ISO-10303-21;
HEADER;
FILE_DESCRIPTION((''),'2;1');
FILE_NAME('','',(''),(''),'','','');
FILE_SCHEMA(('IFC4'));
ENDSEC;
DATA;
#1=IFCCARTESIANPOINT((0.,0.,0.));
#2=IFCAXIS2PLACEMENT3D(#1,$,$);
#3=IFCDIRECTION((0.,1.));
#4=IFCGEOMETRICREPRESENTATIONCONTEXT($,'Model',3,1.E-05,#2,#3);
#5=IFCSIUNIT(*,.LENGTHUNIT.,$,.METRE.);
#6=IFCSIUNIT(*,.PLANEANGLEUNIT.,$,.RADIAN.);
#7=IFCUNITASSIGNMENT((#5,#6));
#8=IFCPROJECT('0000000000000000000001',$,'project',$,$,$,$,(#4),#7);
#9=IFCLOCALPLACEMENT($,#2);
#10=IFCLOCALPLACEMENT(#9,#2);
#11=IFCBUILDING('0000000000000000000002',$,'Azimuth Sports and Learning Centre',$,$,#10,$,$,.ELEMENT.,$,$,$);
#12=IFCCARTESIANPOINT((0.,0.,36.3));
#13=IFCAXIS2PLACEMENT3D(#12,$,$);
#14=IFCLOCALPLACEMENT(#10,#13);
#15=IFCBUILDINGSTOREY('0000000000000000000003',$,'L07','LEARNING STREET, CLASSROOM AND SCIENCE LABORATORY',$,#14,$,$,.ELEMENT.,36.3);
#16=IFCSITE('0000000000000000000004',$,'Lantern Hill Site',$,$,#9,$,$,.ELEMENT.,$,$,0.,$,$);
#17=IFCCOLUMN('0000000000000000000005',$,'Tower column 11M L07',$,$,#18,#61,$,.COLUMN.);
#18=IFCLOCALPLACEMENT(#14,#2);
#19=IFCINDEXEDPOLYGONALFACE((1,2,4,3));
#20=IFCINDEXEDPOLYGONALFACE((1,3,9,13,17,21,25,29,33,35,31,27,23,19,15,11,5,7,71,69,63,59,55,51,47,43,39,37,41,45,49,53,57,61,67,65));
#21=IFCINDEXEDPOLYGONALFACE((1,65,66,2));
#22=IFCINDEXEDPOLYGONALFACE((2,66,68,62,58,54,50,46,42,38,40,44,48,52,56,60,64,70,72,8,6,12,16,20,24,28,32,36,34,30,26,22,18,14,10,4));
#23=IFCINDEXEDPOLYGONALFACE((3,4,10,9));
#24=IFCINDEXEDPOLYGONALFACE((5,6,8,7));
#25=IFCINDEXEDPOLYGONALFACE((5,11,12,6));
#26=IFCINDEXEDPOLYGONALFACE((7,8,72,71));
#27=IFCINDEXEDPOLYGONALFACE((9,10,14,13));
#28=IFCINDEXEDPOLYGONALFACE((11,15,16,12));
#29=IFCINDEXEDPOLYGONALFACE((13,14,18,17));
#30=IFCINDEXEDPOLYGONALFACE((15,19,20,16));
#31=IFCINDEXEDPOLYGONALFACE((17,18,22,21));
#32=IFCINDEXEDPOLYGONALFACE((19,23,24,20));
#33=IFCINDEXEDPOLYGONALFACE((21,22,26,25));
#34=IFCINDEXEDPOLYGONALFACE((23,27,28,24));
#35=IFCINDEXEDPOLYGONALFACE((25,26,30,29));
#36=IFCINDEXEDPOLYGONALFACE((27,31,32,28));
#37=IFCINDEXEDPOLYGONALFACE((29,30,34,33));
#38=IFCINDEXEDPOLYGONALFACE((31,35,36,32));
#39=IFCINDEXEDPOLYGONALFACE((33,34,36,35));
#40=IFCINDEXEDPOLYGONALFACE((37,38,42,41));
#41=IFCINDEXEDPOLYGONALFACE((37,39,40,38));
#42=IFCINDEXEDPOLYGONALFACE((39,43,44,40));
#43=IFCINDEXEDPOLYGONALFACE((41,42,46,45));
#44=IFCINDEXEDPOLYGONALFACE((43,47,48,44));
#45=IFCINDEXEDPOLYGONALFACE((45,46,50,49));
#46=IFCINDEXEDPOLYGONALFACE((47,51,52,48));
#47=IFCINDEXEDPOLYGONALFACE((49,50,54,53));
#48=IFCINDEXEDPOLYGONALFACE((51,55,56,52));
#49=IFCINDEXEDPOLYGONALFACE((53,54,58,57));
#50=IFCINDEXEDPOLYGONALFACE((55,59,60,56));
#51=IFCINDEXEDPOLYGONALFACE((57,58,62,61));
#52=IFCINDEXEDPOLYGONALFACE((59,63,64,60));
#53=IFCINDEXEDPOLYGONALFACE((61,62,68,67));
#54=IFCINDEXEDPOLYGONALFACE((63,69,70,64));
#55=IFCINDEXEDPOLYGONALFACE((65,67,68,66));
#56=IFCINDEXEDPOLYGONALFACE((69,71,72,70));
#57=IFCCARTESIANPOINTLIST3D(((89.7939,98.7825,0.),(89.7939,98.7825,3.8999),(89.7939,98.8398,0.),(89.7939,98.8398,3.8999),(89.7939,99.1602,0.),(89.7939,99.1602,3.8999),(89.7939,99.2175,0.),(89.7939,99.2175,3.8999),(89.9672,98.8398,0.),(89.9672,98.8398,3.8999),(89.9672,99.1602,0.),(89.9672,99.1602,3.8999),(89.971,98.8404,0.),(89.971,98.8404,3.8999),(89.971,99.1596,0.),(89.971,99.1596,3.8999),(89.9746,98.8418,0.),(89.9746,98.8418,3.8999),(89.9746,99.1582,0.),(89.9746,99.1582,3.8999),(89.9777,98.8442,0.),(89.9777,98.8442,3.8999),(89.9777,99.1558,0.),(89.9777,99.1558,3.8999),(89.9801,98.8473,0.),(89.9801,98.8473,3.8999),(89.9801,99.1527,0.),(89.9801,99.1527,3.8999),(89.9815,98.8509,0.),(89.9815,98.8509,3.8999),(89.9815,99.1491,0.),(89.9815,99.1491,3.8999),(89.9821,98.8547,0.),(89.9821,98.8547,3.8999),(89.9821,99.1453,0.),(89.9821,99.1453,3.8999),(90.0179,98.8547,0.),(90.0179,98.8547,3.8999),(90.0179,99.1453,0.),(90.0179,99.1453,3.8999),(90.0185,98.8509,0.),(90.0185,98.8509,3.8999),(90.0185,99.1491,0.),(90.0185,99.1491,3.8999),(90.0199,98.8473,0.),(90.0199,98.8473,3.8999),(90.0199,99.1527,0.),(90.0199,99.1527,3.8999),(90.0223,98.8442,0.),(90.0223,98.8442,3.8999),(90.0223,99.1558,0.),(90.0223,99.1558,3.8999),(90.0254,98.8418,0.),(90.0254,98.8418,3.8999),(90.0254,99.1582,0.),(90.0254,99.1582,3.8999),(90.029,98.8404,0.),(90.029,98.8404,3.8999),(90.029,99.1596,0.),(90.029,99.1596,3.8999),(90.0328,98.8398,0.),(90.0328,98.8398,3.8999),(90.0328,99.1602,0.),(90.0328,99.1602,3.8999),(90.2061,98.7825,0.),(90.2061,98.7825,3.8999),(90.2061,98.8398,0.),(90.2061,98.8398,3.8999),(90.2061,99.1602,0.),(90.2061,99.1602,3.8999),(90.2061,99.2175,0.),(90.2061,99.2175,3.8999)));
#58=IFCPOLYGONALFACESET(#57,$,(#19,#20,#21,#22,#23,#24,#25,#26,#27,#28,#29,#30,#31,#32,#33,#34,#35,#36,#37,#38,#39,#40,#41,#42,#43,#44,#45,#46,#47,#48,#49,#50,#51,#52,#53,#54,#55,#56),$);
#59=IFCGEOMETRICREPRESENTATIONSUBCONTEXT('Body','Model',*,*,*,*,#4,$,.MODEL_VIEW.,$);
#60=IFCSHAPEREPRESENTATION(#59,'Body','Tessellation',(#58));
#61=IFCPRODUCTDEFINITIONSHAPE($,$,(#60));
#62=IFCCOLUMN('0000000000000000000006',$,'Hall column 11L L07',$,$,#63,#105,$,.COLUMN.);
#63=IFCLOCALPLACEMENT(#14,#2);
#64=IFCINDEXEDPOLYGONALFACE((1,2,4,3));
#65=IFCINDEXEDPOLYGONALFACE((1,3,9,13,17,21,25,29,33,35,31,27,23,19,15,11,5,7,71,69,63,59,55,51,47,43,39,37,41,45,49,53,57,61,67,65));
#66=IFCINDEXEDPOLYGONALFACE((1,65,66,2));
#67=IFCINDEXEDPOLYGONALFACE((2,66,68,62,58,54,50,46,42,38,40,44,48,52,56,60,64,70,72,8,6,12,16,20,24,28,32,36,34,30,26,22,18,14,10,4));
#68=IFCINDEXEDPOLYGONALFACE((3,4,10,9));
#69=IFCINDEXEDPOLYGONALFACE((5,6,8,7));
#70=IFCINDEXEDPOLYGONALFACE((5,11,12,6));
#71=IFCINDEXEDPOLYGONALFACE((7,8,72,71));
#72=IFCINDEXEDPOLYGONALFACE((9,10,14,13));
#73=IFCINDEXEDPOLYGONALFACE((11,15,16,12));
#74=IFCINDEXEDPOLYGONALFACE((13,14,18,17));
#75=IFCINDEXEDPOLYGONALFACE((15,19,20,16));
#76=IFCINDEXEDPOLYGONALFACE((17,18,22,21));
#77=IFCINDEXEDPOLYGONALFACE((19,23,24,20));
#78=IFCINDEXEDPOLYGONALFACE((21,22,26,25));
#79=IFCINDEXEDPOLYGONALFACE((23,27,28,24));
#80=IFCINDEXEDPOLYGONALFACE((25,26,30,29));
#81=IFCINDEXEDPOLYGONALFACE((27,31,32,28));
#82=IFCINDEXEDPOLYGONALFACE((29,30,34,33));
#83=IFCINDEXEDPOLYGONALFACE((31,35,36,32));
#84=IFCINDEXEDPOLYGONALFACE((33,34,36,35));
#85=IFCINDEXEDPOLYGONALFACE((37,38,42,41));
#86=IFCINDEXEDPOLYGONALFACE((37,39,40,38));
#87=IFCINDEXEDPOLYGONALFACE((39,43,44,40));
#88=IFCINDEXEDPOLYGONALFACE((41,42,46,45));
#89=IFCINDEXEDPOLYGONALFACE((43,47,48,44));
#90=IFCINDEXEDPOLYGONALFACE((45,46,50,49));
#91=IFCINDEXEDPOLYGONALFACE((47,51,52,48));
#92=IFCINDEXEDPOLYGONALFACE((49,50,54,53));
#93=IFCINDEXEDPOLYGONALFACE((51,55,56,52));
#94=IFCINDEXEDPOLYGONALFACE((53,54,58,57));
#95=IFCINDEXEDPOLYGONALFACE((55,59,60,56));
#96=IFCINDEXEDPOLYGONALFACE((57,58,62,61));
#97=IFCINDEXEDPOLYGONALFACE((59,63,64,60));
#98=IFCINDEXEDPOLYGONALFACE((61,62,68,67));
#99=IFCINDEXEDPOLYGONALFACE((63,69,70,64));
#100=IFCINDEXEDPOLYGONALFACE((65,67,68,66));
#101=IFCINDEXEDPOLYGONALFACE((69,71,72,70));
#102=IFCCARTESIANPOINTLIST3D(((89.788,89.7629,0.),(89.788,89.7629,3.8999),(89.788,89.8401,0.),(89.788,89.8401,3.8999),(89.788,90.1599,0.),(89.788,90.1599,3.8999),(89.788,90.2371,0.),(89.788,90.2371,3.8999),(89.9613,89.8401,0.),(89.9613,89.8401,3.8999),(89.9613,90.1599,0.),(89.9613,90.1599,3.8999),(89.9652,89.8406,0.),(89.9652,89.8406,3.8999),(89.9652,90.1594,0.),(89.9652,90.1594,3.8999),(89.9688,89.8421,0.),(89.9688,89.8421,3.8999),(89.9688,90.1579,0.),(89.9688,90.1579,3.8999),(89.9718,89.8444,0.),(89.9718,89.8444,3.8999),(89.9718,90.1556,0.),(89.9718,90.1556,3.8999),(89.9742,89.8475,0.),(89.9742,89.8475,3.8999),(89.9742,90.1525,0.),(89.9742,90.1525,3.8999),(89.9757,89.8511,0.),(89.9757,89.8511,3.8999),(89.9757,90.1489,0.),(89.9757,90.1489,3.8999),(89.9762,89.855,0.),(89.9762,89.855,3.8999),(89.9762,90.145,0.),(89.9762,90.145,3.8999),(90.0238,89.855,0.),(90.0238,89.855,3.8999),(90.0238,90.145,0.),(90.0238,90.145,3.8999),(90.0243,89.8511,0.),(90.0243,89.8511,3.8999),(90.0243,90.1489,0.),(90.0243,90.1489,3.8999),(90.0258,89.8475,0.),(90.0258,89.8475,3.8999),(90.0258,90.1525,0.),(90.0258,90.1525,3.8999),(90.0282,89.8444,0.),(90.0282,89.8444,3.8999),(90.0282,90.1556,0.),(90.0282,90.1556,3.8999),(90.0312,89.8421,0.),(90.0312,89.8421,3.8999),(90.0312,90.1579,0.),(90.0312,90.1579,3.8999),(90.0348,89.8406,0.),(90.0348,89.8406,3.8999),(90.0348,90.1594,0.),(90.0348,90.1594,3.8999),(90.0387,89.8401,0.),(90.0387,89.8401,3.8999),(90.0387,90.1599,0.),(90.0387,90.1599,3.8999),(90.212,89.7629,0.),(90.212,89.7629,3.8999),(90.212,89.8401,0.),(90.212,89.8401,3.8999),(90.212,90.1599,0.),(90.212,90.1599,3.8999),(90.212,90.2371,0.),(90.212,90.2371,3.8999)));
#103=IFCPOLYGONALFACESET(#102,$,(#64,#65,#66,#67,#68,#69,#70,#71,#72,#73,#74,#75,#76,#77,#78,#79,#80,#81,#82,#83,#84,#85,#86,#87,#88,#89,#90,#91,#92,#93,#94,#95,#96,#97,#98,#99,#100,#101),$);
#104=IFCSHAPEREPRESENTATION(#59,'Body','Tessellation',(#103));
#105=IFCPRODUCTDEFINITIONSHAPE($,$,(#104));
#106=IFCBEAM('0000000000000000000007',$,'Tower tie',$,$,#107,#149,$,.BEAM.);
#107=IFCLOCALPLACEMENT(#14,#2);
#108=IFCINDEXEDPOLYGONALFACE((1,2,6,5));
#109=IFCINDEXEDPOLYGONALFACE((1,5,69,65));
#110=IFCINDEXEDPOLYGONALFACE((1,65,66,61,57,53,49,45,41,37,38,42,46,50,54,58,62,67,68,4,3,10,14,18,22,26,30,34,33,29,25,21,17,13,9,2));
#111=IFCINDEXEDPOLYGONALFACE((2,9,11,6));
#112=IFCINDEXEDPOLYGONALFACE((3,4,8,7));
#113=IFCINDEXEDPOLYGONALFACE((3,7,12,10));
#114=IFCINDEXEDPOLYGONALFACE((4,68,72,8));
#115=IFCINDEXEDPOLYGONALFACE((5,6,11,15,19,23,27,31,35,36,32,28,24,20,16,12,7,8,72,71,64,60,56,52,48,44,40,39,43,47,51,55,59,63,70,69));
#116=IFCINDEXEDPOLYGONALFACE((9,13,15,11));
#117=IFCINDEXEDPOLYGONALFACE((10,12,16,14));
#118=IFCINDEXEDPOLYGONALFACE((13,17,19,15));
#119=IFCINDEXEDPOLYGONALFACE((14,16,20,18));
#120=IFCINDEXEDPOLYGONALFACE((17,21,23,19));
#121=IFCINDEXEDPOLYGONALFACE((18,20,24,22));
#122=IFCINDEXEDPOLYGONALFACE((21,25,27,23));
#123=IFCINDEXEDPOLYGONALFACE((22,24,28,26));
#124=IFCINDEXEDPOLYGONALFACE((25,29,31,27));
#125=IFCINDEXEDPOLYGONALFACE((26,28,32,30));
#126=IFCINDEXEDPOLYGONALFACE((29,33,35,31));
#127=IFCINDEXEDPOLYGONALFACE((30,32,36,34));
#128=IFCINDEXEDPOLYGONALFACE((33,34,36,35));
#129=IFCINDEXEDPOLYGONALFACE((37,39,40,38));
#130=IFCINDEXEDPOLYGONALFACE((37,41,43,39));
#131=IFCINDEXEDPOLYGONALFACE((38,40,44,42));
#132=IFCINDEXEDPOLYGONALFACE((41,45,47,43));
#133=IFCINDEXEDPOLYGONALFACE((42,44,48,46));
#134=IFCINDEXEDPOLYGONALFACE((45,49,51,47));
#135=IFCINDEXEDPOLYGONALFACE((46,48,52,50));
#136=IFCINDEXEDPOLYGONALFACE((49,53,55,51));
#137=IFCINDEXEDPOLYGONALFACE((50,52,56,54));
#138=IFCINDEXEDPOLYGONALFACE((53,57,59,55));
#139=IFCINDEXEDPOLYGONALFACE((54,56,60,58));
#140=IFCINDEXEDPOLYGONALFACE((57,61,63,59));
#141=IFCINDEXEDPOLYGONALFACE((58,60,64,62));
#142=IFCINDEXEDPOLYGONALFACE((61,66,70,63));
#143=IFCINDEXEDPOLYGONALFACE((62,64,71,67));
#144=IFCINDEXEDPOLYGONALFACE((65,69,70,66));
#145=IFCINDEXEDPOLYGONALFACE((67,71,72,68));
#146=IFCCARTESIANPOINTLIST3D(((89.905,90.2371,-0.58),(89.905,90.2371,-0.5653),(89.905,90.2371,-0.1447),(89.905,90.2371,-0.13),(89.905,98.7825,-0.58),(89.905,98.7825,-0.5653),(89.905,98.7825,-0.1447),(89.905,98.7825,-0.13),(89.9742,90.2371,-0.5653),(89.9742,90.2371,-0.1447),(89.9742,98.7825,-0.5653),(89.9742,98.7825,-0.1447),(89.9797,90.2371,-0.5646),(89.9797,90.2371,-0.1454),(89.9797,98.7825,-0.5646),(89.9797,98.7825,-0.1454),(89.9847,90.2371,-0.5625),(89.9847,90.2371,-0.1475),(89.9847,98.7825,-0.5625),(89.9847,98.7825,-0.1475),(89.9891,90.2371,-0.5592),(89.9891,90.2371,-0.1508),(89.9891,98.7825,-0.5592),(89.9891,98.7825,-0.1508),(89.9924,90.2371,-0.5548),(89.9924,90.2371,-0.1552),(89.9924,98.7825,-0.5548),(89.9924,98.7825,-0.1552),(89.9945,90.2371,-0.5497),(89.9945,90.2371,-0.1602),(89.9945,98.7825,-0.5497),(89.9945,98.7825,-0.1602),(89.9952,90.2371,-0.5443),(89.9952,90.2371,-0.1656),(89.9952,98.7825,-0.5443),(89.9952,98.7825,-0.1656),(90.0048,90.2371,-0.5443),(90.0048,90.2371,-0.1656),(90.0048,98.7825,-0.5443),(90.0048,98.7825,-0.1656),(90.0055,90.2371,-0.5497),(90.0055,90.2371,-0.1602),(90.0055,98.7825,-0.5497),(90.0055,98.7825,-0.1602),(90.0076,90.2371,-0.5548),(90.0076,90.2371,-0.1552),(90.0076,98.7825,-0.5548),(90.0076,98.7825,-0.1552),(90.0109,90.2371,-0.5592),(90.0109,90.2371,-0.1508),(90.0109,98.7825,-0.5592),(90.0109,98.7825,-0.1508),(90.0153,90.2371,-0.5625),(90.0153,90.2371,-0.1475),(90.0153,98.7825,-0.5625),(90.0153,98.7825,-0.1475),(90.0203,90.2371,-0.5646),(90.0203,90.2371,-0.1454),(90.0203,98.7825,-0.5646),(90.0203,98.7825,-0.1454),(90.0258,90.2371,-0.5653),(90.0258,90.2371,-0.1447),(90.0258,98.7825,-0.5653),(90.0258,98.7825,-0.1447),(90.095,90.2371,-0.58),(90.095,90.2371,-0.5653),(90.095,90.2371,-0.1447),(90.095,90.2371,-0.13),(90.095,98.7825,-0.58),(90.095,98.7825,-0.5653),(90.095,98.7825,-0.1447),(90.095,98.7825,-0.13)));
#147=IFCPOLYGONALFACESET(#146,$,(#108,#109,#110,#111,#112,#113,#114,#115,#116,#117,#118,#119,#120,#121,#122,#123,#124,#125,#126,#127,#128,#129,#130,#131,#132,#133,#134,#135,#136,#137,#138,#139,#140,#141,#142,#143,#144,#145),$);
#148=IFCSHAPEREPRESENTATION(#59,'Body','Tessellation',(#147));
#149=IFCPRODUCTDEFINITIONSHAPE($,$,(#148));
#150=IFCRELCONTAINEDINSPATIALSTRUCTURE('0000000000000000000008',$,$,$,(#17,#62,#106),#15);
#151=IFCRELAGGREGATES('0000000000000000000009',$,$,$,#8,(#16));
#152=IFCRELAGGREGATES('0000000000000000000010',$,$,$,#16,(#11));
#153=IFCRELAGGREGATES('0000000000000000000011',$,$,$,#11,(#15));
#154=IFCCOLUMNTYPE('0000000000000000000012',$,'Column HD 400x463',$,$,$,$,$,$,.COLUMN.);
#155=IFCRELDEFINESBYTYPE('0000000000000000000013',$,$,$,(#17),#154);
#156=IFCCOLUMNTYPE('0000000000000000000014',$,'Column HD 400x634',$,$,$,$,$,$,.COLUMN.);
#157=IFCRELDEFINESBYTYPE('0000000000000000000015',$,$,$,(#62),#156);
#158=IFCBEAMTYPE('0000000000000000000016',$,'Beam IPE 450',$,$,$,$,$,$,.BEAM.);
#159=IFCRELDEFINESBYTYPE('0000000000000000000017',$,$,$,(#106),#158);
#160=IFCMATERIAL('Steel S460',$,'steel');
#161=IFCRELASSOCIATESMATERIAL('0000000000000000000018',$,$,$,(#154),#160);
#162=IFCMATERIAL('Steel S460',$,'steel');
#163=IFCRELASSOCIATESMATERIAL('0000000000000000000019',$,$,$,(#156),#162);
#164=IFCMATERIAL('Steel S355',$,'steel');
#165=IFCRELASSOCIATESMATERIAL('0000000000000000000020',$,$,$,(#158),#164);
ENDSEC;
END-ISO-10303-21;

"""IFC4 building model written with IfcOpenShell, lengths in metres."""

from ifc_helpers import new_model, si_unit, direction, frame, origin, origin_2d, place, context, subcontext, project, spatial, i_section, extrude, material, material_profile, profile_set, type_object, element, save


model = new_model("IFC4")

# Units and contexts
model_context = context("Model", 3, precision=1e-05, world=origin(), true_north=direction((0.0, 1.0)))
body_context = subcontext(model_context, "Body", "Model", "MODEL_VIEW")
ifc_project = project(units=[si_unit("LENGTHUNIT", "METRE"), si_unit("PLANEANGLEUNIT", "RADIAN")], contexts=[model_context])

# Site, building, storey
site_placement = place(None, origin())
site = spatial("IfcSite", under=ifc_project, at=site_placement, Name="Lantern Hill Site", CompositionType="ELEMENT", RefElevation=0.0)
building_placement = place(site_placement, origin())
building = spatial("IfcBuilding", under=site, at=building_placement, Name="Azimuth Sports and Learning Centre", CompositionType="ELEMENT")
storey_placement = place(building_placement, frame((0.0, 0.0, 36.3)))
storey = spatial("IfcBuildingStorey", under=building, at=storey_placement, Name="L07", Description="LEARNING STREET, CLASSROOM AND SCIENCE LABORATORY", CompositionType="ELEMENT", Elevation=36.3)

# Columns
ifc_material_1 = material(Name="Steel S460", Category="steel")
ifc_material_profile_1 = material_profile(ifc_material_1, i_section(OverallWidth=0.4121, OverallDepth=0.4351, WebThickness=0.0359, FlangeThickness=0.0574, FilletRadius=0.0149, at=origin_2d()), Name="HD 400x463")
ifc_profile_set_1 = profile_set([ifc_material_profile_1], Name="Steel S460")
column_type_1 = type_object("IfcColumnType", Name="Column HD 400x463", PredefinedType="COLUMN", material=ifc_profile_set_1)
column_1_placement = place(storey_placement, frame((90.0, 99.0, 0.0), z_axis=(0.0, 0.0, 1.0), x_axis=(1.0, 0.0, 0.0)))
element("IfcColumn", 1, at=column_1_placement, inside=storey, type_object=column_type_1, Name="Tower column 11M L07", PredefinedType="COLUMN", context=body_context, shape_type="SweptSolid", body=[
    extrude(i_section(OverallWidth=0.4121, OverallDepth=0.4351, WebThickness=0.0359, FlangeThickness=0.0574, FilletRadius=0.0149, at=origin_2d()), origin(), (0.0, 0.0, 1.0), 3.8999),
])
ifc_material_2 = material(Name="Steel S460", Category="steel")
ifc_material_profile_2 = material_profile(ifc_material_2, i_section(OverallWidth=0.4241, OverallDepth=0.4741, WebThickness=0.0476, FlangeThickness=0.0771, FilletRadius=0.0149, at=origin_2d()), Name="HD 400x634")
ifc_profile_set_2 = profile_set([ifc_material_profile_2], Name="Steel S460")
column_type_2 = type_object("IfcColumnType", Name="Column HD 400x634", PredefinedType="COLUMN", material=ifc_profile_set_2)
column_2_placement = place(storey_placement, frame((90.0, 90.0, 0.0), z_axis=(0.0, 0.0, 1.0), x_axis=(1.0, 0.0, 0.0)))
element("IfcColumn", 2, at=column_2_placement, inside=storey, type_object=column_type_2, Name="Hall column 11L L07", PredefinedType="COLUMN", context=body_context, shape_type="SweptSolid", body=[
    extrude(i_section(OverallWidth=0.4241, OverallDepth=0.4741, WebThickness=0.0476, FlangeThickness=0.0771, FilletRadius=0.0149, at=origin_2d()), origin(), (0.0, 0.0, 1.0), 3.8999),
])

# Beam
ifc_material_3 = material(Name="Steel S355", Category="steel")
ifc_material_profile_3 = material_profile(ifc_material_3, i_section(OverallWidth=0.1899, OverallDepth=0.45, WebThickness=0.0095, FlangeThickness=0.0146, FilletRadius=0.021, at=origin_2d()), Name="IPE 450")
ifc_profile_set_3 = profile_set([ifc_material_profile_3], Name="Steel S355")
beam_type_1 = type_object("IfcBeamType", Name="Beam IPE 450", PredefinedType="BEAM", material=ifc_profile_set_3)
beam_1_placement = place(storey_placement, frame((90.0, 90.2371, -0.355), z_axis=(0.0, 1.0, 0.0), x_axis=(-1.0, 0.0, 0.0)))
element("IfcBeam", 3, at=beam_1_placement, inside=storey, type_object=beam_type_1, Name="Tower tie", PredefinedType="BEAM", context=body_context, shape_type="SweptSolid", body=[
    extrude(i_section(OverallWidth=0.1899, OverallDepth=0.45, WebThickness=0.0095, FlangeThickness=0.0146, FilletRadius=0.021, at=origin_2d()), origin(), (0.0, 0.0, 1.0), 8.5454),
])

save(model, "model.ifc")
